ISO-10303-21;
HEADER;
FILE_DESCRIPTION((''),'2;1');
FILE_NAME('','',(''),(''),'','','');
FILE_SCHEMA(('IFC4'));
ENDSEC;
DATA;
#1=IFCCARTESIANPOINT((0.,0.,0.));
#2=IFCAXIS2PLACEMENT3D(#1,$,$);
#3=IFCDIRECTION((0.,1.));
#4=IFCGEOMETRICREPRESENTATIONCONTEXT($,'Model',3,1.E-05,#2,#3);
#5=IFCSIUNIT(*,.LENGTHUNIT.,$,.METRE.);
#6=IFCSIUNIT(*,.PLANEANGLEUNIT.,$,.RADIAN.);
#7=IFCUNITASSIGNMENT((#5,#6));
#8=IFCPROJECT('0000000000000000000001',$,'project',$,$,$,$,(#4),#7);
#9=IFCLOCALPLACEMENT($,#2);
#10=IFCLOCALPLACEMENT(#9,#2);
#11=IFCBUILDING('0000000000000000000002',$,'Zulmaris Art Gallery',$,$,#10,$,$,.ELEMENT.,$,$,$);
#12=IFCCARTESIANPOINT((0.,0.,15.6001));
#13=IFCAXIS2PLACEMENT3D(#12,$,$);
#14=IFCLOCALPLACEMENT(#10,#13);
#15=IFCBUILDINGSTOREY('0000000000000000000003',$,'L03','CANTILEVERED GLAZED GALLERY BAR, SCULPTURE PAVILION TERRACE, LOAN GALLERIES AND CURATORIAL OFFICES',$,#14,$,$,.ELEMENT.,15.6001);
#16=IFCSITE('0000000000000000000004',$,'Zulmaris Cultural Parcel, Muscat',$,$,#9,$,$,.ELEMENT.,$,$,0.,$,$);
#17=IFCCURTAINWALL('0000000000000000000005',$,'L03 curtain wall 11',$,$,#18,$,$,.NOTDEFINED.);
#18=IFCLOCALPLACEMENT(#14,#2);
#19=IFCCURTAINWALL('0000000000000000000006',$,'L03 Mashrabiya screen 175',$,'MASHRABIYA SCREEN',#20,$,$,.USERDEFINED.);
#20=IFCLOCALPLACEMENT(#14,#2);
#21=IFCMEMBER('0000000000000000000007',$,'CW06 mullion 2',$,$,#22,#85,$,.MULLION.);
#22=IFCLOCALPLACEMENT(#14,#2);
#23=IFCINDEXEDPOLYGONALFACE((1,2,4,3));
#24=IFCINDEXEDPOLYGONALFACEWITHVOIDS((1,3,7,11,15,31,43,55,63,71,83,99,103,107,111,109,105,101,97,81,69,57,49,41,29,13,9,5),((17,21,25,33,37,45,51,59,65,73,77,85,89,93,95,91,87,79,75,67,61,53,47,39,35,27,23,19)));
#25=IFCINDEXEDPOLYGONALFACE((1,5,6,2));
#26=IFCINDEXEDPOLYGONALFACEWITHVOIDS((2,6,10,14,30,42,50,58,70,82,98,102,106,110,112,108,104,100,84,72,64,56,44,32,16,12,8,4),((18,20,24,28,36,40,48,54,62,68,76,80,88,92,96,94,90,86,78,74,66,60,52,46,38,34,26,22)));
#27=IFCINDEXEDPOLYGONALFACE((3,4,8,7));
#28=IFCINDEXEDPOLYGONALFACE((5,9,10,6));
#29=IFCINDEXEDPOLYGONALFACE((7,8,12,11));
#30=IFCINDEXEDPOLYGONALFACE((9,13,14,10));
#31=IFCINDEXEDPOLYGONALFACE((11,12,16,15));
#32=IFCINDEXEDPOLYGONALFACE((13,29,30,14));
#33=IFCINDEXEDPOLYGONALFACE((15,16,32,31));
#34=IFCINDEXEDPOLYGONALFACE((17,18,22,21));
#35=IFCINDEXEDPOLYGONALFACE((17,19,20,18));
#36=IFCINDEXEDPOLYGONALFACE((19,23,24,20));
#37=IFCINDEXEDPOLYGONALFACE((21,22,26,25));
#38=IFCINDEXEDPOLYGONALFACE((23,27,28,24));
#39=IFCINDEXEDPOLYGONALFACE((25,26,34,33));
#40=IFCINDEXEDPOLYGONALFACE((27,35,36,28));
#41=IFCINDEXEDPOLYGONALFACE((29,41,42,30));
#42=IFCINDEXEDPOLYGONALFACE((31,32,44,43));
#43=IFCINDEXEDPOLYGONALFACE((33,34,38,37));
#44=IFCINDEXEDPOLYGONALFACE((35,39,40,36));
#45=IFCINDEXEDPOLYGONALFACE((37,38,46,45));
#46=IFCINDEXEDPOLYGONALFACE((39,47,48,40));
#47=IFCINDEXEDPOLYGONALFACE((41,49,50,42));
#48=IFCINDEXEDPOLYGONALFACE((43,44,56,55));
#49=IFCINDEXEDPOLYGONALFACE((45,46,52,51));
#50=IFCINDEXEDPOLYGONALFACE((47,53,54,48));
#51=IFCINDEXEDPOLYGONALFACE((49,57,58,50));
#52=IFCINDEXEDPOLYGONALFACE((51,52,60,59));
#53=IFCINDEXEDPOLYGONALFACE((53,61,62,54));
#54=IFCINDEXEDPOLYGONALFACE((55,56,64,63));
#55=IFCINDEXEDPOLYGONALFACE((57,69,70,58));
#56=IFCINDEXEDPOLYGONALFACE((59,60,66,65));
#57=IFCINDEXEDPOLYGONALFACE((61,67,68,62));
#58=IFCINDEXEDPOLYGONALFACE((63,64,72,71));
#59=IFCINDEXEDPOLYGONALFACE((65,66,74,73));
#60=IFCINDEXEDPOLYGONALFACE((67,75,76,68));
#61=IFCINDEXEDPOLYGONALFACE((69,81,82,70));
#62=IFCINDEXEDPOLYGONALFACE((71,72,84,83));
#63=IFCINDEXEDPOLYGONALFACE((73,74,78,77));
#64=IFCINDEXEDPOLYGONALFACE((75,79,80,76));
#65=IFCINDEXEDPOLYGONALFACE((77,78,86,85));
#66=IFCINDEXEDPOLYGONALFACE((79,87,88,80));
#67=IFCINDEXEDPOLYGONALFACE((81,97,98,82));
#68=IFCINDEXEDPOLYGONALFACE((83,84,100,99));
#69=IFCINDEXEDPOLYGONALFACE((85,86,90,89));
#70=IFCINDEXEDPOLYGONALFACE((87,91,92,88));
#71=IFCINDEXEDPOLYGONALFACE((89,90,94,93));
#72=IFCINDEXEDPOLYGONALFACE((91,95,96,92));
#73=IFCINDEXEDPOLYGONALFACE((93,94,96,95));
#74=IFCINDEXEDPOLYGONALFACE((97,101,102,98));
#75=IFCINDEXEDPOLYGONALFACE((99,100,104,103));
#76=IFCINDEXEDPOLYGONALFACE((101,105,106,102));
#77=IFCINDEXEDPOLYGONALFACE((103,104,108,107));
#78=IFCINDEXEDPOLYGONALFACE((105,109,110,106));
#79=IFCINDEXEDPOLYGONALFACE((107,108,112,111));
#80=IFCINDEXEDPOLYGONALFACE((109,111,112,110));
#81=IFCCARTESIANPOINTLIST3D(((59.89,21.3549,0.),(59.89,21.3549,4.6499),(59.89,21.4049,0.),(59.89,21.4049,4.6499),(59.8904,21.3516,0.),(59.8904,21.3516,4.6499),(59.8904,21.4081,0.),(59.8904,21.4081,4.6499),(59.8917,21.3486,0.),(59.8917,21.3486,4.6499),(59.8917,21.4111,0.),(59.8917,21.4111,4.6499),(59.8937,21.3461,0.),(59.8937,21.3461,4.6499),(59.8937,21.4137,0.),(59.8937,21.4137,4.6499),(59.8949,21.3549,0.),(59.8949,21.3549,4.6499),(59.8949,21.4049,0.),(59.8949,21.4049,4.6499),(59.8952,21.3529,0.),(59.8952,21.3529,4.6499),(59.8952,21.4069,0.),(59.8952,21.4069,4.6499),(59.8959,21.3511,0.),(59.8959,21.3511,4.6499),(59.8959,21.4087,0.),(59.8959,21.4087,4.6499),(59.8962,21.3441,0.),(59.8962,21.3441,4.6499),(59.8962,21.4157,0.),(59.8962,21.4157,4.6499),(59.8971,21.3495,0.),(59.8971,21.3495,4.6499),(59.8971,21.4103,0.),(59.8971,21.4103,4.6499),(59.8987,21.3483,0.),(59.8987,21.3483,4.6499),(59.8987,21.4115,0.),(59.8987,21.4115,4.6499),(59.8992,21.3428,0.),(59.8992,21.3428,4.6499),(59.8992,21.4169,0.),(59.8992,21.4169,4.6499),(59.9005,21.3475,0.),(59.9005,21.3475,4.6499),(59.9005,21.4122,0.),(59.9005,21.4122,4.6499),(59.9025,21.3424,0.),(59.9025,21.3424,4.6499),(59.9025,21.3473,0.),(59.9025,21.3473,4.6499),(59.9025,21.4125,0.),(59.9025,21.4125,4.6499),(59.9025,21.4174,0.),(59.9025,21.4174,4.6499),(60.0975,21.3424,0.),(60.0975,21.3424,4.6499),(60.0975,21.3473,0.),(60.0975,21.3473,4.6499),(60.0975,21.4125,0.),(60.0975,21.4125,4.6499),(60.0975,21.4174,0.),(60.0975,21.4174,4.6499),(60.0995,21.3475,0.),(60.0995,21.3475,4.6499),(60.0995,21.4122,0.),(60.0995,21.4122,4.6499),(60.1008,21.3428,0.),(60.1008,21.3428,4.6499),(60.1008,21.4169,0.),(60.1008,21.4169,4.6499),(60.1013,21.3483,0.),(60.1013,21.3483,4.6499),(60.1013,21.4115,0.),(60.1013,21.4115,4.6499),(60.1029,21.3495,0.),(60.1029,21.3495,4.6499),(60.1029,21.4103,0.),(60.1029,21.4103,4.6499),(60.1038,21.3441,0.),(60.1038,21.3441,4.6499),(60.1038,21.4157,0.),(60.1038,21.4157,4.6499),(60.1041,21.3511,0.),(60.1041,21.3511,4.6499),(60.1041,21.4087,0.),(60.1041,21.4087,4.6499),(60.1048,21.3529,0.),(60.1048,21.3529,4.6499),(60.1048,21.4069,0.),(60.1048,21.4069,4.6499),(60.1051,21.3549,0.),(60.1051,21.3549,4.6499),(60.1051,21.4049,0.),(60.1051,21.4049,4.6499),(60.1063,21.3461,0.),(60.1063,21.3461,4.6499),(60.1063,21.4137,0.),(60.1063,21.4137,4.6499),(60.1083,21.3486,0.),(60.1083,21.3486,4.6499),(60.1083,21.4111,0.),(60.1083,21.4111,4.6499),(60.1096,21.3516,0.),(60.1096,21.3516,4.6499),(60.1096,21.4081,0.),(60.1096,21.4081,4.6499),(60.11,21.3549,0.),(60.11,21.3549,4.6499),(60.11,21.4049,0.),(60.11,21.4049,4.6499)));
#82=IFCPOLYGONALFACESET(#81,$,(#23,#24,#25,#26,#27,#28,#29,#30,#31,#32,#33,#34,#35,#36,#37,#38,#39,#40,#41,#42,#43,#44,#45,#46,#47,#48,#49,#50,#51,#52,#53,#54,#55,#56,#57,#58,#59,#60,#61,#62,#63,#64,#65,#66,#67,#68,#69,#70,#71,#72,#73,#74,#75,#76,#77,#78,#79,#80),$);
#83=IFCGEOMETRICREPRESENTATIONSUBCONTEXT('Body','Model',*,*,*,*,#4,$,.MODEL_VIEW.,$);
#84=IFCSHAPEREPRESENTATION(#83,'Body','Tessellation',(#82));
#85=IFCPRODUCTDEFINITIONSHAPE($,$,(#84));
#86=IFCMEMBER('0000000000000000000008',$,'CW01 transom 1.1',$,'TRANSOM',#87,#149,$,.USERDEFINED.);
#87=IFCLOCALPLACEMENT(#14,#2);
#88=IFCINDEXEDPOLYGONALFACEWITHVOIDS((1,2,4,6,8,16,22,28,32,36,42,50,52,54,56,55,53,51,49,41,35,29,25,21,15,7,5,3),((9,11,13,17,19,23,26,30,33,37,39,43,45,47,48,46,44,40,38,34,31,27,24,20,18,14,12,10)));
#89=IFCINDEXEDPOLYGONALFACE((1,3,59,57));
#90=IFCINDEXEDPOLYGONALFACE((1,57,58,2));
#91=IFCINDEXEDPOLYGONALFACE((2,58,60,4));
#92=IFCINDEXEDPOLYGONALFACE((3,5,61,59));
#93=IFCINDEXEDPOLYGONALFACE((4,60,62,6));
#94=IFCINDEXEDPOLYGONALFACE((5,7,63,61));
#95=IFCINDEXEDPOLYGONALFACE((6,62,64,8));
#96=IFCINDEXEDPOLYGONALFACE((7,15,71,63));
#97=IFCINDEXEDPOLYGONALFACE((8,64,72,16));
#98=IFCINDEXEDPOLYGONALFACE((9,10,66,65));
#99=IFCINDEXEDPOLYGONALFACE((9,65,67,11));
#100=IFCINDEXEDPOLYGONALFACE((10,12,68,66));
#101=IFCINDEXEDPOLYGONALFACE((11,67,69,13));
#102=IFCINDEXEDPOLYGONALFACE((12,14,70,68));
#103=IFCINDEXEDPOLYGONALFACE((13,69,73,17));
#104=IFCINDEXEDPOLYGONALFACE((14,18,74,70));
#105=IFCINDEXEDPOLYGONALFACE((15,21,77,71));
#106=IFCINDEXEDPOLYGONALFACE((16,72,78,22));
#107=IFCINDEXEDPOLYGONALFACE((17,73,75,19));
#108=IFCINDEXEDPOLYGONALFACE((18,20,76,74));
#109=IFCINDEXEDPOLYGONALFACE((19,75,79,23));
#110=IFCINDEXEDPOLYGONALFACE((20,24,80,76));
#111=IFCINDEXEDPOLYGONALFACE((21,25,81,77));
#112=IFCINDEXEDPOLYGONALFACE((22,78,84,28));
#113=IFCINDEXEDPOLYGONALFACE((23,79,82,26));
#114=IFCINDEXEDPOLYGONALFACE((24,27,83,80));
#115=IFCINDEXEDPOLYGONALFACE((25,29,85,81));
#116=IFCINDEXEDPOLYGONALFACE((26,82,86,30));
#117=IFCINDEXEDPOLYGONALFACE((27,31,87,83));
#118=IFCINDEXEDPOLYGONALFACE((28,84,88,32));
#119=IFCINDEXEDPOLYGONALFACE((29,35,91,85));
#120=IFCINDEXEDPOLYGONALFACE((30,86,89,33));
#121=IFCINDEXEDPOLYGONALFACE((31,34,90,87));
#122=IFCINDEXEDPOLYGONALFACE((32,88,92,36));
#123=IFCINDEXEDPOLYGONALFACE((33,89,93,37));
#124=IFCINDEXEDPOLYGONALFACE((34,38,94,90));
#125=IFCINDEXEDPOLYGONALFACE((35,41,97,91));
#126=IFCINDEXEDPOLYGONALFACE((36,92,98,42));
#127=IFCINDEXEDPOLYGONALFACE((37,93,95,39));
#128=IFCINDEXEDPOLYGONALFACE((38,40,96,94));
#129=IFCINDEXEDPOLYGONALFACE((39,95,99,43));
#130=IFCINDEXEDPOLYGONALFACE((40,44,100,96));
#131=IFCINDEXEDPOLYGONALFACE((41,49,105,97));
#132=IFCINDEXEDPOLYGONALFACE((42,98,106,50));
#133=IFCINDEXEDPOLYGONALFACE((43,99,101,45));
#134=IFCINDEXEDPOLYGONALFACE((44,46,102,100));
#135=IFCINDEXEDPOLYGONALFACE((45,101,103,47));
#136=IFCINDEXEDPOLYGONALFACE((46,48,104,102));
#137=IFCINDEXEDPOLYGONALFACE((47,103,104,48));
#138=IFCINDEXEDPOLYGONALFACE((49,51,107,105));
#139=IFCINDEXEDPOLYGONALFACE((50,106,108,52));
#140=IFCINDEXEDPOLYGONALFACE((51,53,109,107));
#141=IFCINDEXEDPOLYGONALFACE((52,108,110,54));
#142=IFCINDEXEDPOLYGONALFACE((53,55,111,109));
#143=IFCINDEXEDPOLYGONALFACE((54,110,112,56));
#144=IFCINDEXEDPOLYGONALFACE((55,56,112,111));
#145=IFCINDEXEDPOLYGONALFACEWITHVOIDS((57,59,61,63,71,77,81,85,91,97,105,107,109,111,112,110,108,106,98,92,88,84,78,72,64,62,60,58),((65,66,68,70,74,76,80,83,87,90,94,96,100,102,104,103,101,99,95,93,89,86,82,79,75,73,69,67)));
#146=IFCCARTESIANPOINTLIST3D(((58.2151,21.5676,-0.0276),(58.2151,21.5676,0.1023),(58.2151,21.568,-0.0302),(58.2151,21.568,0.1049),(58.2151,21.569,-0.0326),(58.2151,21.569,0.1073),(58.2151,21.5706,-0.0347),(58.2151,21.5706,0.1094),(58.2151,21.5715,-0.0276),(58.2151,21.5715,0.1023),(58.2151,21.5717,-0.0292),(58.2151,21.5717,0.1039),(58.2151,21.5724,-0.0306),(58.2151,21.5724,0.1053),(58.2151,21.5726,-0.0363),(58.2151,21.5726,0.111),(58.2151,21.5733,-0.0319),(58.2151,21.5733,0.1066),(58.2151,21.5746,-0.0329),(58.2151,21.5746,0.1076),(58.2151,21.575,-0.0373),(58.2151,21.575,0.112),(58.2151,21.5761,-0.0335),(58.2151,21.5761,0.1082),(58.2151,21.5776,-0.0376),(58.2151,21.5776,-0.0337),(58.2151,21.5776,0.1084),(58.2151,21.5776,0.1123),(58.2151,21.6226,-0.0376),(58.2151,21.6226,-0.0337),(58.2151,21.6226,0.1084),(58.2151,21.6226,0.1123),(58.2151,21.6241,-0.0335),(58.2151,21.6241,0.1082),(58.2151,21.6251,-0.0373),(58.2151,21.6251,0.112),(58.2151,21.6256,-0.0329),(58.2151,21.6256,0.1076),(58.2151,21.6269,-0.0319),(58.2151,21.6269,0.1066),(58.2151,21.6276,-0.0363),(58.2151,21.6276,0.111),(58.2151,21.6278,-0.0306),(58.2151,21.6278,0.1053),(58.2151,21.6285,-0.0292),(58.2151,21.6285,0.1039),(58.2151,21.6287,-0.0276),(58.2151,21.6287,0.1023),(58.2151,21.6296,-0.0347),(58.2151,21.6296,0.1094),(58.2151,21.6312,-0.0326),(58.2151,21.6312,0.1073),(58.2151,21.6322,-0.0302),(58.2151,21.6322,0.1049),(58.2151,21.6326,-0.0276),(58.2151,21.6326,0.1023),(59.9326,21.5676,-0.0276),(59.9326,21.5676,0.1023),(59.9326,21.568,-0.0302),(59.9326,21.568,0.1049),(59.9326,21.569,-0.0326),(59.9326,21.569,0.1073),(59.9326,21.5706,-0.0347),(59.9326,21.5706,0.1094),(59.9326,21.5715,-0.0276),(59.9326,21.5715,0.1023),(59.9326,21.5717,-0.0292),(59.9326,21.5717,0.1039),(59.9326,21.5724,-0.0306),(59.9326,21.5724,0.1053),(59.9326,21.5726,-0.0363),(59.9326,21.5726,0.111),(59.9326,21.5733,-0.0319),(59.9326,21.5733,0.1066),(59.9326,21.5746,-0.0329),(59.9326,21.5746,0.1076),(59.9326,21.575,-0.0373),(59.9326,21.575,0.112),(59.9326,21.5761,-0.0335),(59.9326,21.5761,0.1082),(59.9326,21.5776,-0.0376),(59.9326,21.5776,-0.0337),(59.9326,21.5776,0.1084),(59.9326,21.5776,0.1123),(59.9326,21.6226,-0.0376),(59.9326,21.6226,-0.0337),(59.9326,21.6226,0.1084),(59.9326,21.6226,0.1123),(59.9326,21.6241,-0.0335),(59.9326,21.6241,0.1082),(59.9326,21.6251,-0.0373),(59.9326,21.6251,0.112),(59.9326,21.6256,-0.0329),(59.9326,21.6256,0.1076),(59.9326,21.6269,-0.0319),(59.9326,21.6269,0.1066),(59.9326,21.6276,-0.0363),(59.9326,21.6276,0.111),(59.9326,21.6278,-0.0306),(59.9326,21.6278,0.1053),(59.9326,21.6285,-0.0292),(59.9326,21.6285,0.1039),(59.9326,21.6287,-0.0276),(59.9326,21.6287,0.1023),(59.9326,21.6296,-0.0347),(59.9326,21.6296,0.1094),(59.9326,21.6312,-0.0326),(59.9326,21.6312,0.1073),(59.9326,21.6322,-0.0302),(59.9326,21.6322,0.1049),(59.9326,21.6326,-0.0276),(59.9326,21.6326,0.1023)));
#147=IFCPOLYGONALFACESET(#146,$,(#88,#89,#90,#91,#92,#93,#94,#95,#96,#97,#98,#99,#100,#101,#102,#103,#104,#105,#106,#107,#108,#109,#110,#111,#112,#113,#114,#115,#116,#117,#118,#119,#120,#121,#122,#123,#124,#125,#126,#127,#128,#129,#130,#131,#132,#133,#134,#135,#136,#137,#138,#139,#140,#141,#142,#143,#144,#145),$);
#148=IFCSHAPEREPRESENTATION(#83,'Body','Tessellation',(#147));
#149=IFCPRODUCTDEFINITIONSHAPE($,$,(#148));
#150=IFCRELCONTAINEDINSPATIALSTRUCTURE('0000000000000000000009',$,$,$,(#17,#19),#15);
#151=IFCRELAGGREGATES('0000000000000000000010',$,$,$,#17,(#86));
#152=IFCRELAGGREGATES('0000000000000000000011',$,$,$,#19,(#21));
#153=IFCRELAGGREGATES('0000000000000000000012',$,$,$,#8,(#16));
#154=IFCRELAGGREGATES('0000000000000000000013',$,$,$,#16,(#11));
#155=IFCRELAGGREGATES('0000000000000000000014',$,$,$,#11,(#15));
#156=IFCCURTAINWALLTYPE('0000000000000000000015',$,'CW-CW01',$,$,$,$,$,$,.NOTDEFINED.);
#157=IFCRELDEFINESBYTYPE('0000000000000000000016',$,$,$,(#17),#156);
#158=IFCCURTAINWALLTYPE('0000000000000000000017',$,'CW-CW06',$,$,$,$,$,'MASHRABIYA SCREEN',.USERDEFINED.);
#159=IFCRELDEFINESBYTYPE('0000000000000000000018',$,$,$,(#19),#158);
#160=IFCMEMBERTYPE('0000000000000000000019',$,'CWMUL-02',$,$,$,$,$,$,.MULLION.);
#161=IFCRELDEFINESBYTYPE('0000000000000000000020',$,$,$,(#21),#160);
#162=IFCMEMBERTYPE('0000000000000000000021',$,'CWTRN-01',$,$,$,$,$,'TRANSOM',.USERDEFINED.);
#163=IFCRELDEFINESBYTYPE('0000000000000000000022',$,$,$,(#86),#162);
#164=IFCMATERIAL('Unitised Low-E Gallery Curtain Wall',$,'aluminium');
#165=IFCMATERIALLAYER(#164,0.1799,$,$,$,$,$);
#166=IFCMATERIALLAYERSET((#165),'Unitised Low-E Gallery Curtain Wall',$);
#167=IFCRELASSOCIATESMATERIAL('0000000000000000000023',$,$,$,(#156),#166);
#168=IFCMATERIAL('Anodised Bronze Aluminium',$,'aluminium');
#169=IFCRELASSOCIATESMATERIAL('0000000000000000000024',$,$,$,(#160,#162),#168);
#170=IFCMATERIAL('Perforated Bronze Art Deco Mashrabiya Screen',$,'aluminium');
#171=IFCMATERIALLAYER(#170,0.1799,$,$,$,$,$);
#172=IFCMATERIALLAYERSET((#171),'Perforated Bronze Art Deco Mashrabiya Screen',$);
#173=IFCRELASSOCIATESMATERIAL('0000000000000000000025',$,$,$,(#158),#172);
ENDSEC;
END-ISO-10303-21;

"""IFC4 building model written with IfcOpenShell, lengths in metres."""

from ifc_helpers import new_model, si_unit, direction, frame, origin, origin_2d, place, context, subcontext, project, spatial, hollow_rectangle, extrude, material, layer, layer_set, material_profile, profile_set, type_object, element, aggregate, save


model = new_model("IFC4")

# Units and contexts
model_context = context("Model", 3, precision=1e-05, world=origin(), true_north=direction((0.0, 1.0)))
body_context = subcontext(model_context, "Body", "Model", "MODEL_VIEW")
ifc_project = project(units=[si_unit("LENGTHUNIT", "METRE"), si_unit("PLANEANGLEUNIT", "RADIAN")], contexts=[model_context])

# Site, building, storey
site_placement = place(None, origin())
site = spatial("IfcSite", under=ifc_project, at=site_placement, Name="Zulmaris Cultural Parcel, Muscat", CompositionType="ELEMENT", RefElevation=0.0)
building_placement = place(site_placement, origin())
building = spatial("IfcBuilding", under=site, at=building_placement, Name="Zulmaris Art Gallery", CompositionType="ELEMENT")
storey_placement = place(building_placement, frame((0.0, 0.0, 15.6001)))
storey = spatial("IfcBuildingStorey", under=building, at=storey_placement, Name="L03", Description="CANTILEVERED GLAZED GALLERY BAR, SCULPTURE PAVILION TERRACE, LOAN GALLERIES AND CURATORIAL OFFICES", CompositionType="ELEMENT", Elevation=15.6001)

# Curtain wall
ifc_material_1 = material(Name="Unitised Low-E Gallery Curtain Wall", Category="aluminium")
ifc_layer_1 = layer(ifc_material_1, 0.1799)
ifc_layer_set_1 = layer_set([ifc_layer_1], Name="Unitised Low-E Gallery Curtain Wall")
curtain_wall_type_1 = type_object("IfcCurtainWallType", Name="CW-CW01", PredefinedType="NOTDEFINED", material=ifc_layer_set_1)
curtain_wall_1_placement = place(storey_placement, origin())
curtain_wall_1 = element("IfcCurtainWall", 1, at=curtain_wall_1_placement, inside=storey, type_object=curtain_wall_type_1, Name="L03 curtain wall 11", PredefinedType="NOTDEFINED")
ifc_material_2 = material(Name="Anodised Bronze Aluminium", Category="aluminium")
ifc_material_profile_1 = material_profile(ifc_material_2, hollow_rectangle(XDim=0.075, YDim=0.22, WallThickness=0.0049, InnerFilletRadius=0.0076, OuterFilletRadius=0.0125, at=origin_2d()), Name="ALU 75x220x5")
ifc_profile_set_1 = profile_set([ifc_material_profile_1], Name="Anodised Bronze Aluminium")
member_type_1 = type_object("IfcMemberType", Name="CWMUL-02", PredefinedType="MULLION", material=ifc_profile_set_1)

# Shared definitions
ifc_material_3 = material(Name="Perforated Bronze Art Deco Mashrabiya Screen", Category="aluminium")
ifc_layer_2 = layer(ifc_material_3, 0.1799)
ifc_layer_set_2 = layer_set([ifc_layer_2], Name="Perforated Bronze Art Deco Mashrabiya Screen")
curtain_wall_type_2 = type_object("IfcCurtainWallType", Name="CW-CW06", ElementType="MASHRABIYA SCREEN", PredefinedType="USERDEFINED", material=ifc_layer_set_2)

# Curtain wall, member
curtain_wall_2_placement = place(storey_placement, origin())
curtain_wall_2 = element("IfcCurtainWall", 2, at=curtain_wall_2_placement, inside=storey, type_object=curtain_wall_type_2, Name="L03 Mashrabiya screen 175", ObjectType="MASHRABIYA SCREEN", PredefinedType="USERDEFINED")
member_1_placement = place(storey_placement, frame((60.0, 21.3799, 0.0), z_axis=(0.0, 0.0, 1.0), x_axis=(0.0, 1.0, 0.0)))
member_1 = element("IfcMember", 3, at=member_1_placement, type_object=member_type_1, Name="CW06 mullion 2", PredefinedType="MULLION", context=body_context, shape_type="SweptSolid", body=[
    extrude(hollow_rectangle(XDim=0.075, YDim=0.22, WallThickness=0.0049, InnerFilletRadius=0.0076, OuterFilletRadius=0.0125, at=origin_2d()), origin(), (0.0, 0.0, 1.0), 4.6499),
])

# Member
ifc_material_profile_2 = material_profile(ifc_material_2, hollow_rectangle(XDim=0.0649, YDim=0.1499, WallThickness=0.0039, InnerFilletRadius=0.0061, OuterFilletRadius=0.01, at=origin_2d()), Name="ALU 65x150x4")
ifc_profile_set_2 = profile_set([ifc_material_profile_2], Name="Anodised Bronze Aluminium")
member_type_2 = type_object("IfcMemberType", Name="CWTRN-01", ElementType="TRANSOM", PredefinedType="USERDEFINED", material=ifc_profile_set_2)
member_2_placement = place(storey_placement, frame((58.2151, 21.6001, 0.0374), z_axis=(1.0, 0.0, 0.0), x_axis=(0.0, 1.0, 0.0)))
member_2 = element("IfcMember", 4, at=member_2_placement, type_object=member_type_2, Name="CW01 transom 1.1", ObjectType="TRANSOM", PredefinedType="USERDEFINED", context=body_context, shape_type="SweptSolid", body=[
    extrude(hollow_rectangle(XDim=0.0649, YDim=0.1499, WallThickness=0.0039, InnerFilletRadius=0.0061, OuterFilletRadius=0.01, at=origin_2d()), origin(), (0.0, 0.0, 1.0), 1.7175),
])

aggregate(curtain_wall_1, [member_2])
aggregate(curtain_wall_2, [member_1])

save(model, "model.ifc")
